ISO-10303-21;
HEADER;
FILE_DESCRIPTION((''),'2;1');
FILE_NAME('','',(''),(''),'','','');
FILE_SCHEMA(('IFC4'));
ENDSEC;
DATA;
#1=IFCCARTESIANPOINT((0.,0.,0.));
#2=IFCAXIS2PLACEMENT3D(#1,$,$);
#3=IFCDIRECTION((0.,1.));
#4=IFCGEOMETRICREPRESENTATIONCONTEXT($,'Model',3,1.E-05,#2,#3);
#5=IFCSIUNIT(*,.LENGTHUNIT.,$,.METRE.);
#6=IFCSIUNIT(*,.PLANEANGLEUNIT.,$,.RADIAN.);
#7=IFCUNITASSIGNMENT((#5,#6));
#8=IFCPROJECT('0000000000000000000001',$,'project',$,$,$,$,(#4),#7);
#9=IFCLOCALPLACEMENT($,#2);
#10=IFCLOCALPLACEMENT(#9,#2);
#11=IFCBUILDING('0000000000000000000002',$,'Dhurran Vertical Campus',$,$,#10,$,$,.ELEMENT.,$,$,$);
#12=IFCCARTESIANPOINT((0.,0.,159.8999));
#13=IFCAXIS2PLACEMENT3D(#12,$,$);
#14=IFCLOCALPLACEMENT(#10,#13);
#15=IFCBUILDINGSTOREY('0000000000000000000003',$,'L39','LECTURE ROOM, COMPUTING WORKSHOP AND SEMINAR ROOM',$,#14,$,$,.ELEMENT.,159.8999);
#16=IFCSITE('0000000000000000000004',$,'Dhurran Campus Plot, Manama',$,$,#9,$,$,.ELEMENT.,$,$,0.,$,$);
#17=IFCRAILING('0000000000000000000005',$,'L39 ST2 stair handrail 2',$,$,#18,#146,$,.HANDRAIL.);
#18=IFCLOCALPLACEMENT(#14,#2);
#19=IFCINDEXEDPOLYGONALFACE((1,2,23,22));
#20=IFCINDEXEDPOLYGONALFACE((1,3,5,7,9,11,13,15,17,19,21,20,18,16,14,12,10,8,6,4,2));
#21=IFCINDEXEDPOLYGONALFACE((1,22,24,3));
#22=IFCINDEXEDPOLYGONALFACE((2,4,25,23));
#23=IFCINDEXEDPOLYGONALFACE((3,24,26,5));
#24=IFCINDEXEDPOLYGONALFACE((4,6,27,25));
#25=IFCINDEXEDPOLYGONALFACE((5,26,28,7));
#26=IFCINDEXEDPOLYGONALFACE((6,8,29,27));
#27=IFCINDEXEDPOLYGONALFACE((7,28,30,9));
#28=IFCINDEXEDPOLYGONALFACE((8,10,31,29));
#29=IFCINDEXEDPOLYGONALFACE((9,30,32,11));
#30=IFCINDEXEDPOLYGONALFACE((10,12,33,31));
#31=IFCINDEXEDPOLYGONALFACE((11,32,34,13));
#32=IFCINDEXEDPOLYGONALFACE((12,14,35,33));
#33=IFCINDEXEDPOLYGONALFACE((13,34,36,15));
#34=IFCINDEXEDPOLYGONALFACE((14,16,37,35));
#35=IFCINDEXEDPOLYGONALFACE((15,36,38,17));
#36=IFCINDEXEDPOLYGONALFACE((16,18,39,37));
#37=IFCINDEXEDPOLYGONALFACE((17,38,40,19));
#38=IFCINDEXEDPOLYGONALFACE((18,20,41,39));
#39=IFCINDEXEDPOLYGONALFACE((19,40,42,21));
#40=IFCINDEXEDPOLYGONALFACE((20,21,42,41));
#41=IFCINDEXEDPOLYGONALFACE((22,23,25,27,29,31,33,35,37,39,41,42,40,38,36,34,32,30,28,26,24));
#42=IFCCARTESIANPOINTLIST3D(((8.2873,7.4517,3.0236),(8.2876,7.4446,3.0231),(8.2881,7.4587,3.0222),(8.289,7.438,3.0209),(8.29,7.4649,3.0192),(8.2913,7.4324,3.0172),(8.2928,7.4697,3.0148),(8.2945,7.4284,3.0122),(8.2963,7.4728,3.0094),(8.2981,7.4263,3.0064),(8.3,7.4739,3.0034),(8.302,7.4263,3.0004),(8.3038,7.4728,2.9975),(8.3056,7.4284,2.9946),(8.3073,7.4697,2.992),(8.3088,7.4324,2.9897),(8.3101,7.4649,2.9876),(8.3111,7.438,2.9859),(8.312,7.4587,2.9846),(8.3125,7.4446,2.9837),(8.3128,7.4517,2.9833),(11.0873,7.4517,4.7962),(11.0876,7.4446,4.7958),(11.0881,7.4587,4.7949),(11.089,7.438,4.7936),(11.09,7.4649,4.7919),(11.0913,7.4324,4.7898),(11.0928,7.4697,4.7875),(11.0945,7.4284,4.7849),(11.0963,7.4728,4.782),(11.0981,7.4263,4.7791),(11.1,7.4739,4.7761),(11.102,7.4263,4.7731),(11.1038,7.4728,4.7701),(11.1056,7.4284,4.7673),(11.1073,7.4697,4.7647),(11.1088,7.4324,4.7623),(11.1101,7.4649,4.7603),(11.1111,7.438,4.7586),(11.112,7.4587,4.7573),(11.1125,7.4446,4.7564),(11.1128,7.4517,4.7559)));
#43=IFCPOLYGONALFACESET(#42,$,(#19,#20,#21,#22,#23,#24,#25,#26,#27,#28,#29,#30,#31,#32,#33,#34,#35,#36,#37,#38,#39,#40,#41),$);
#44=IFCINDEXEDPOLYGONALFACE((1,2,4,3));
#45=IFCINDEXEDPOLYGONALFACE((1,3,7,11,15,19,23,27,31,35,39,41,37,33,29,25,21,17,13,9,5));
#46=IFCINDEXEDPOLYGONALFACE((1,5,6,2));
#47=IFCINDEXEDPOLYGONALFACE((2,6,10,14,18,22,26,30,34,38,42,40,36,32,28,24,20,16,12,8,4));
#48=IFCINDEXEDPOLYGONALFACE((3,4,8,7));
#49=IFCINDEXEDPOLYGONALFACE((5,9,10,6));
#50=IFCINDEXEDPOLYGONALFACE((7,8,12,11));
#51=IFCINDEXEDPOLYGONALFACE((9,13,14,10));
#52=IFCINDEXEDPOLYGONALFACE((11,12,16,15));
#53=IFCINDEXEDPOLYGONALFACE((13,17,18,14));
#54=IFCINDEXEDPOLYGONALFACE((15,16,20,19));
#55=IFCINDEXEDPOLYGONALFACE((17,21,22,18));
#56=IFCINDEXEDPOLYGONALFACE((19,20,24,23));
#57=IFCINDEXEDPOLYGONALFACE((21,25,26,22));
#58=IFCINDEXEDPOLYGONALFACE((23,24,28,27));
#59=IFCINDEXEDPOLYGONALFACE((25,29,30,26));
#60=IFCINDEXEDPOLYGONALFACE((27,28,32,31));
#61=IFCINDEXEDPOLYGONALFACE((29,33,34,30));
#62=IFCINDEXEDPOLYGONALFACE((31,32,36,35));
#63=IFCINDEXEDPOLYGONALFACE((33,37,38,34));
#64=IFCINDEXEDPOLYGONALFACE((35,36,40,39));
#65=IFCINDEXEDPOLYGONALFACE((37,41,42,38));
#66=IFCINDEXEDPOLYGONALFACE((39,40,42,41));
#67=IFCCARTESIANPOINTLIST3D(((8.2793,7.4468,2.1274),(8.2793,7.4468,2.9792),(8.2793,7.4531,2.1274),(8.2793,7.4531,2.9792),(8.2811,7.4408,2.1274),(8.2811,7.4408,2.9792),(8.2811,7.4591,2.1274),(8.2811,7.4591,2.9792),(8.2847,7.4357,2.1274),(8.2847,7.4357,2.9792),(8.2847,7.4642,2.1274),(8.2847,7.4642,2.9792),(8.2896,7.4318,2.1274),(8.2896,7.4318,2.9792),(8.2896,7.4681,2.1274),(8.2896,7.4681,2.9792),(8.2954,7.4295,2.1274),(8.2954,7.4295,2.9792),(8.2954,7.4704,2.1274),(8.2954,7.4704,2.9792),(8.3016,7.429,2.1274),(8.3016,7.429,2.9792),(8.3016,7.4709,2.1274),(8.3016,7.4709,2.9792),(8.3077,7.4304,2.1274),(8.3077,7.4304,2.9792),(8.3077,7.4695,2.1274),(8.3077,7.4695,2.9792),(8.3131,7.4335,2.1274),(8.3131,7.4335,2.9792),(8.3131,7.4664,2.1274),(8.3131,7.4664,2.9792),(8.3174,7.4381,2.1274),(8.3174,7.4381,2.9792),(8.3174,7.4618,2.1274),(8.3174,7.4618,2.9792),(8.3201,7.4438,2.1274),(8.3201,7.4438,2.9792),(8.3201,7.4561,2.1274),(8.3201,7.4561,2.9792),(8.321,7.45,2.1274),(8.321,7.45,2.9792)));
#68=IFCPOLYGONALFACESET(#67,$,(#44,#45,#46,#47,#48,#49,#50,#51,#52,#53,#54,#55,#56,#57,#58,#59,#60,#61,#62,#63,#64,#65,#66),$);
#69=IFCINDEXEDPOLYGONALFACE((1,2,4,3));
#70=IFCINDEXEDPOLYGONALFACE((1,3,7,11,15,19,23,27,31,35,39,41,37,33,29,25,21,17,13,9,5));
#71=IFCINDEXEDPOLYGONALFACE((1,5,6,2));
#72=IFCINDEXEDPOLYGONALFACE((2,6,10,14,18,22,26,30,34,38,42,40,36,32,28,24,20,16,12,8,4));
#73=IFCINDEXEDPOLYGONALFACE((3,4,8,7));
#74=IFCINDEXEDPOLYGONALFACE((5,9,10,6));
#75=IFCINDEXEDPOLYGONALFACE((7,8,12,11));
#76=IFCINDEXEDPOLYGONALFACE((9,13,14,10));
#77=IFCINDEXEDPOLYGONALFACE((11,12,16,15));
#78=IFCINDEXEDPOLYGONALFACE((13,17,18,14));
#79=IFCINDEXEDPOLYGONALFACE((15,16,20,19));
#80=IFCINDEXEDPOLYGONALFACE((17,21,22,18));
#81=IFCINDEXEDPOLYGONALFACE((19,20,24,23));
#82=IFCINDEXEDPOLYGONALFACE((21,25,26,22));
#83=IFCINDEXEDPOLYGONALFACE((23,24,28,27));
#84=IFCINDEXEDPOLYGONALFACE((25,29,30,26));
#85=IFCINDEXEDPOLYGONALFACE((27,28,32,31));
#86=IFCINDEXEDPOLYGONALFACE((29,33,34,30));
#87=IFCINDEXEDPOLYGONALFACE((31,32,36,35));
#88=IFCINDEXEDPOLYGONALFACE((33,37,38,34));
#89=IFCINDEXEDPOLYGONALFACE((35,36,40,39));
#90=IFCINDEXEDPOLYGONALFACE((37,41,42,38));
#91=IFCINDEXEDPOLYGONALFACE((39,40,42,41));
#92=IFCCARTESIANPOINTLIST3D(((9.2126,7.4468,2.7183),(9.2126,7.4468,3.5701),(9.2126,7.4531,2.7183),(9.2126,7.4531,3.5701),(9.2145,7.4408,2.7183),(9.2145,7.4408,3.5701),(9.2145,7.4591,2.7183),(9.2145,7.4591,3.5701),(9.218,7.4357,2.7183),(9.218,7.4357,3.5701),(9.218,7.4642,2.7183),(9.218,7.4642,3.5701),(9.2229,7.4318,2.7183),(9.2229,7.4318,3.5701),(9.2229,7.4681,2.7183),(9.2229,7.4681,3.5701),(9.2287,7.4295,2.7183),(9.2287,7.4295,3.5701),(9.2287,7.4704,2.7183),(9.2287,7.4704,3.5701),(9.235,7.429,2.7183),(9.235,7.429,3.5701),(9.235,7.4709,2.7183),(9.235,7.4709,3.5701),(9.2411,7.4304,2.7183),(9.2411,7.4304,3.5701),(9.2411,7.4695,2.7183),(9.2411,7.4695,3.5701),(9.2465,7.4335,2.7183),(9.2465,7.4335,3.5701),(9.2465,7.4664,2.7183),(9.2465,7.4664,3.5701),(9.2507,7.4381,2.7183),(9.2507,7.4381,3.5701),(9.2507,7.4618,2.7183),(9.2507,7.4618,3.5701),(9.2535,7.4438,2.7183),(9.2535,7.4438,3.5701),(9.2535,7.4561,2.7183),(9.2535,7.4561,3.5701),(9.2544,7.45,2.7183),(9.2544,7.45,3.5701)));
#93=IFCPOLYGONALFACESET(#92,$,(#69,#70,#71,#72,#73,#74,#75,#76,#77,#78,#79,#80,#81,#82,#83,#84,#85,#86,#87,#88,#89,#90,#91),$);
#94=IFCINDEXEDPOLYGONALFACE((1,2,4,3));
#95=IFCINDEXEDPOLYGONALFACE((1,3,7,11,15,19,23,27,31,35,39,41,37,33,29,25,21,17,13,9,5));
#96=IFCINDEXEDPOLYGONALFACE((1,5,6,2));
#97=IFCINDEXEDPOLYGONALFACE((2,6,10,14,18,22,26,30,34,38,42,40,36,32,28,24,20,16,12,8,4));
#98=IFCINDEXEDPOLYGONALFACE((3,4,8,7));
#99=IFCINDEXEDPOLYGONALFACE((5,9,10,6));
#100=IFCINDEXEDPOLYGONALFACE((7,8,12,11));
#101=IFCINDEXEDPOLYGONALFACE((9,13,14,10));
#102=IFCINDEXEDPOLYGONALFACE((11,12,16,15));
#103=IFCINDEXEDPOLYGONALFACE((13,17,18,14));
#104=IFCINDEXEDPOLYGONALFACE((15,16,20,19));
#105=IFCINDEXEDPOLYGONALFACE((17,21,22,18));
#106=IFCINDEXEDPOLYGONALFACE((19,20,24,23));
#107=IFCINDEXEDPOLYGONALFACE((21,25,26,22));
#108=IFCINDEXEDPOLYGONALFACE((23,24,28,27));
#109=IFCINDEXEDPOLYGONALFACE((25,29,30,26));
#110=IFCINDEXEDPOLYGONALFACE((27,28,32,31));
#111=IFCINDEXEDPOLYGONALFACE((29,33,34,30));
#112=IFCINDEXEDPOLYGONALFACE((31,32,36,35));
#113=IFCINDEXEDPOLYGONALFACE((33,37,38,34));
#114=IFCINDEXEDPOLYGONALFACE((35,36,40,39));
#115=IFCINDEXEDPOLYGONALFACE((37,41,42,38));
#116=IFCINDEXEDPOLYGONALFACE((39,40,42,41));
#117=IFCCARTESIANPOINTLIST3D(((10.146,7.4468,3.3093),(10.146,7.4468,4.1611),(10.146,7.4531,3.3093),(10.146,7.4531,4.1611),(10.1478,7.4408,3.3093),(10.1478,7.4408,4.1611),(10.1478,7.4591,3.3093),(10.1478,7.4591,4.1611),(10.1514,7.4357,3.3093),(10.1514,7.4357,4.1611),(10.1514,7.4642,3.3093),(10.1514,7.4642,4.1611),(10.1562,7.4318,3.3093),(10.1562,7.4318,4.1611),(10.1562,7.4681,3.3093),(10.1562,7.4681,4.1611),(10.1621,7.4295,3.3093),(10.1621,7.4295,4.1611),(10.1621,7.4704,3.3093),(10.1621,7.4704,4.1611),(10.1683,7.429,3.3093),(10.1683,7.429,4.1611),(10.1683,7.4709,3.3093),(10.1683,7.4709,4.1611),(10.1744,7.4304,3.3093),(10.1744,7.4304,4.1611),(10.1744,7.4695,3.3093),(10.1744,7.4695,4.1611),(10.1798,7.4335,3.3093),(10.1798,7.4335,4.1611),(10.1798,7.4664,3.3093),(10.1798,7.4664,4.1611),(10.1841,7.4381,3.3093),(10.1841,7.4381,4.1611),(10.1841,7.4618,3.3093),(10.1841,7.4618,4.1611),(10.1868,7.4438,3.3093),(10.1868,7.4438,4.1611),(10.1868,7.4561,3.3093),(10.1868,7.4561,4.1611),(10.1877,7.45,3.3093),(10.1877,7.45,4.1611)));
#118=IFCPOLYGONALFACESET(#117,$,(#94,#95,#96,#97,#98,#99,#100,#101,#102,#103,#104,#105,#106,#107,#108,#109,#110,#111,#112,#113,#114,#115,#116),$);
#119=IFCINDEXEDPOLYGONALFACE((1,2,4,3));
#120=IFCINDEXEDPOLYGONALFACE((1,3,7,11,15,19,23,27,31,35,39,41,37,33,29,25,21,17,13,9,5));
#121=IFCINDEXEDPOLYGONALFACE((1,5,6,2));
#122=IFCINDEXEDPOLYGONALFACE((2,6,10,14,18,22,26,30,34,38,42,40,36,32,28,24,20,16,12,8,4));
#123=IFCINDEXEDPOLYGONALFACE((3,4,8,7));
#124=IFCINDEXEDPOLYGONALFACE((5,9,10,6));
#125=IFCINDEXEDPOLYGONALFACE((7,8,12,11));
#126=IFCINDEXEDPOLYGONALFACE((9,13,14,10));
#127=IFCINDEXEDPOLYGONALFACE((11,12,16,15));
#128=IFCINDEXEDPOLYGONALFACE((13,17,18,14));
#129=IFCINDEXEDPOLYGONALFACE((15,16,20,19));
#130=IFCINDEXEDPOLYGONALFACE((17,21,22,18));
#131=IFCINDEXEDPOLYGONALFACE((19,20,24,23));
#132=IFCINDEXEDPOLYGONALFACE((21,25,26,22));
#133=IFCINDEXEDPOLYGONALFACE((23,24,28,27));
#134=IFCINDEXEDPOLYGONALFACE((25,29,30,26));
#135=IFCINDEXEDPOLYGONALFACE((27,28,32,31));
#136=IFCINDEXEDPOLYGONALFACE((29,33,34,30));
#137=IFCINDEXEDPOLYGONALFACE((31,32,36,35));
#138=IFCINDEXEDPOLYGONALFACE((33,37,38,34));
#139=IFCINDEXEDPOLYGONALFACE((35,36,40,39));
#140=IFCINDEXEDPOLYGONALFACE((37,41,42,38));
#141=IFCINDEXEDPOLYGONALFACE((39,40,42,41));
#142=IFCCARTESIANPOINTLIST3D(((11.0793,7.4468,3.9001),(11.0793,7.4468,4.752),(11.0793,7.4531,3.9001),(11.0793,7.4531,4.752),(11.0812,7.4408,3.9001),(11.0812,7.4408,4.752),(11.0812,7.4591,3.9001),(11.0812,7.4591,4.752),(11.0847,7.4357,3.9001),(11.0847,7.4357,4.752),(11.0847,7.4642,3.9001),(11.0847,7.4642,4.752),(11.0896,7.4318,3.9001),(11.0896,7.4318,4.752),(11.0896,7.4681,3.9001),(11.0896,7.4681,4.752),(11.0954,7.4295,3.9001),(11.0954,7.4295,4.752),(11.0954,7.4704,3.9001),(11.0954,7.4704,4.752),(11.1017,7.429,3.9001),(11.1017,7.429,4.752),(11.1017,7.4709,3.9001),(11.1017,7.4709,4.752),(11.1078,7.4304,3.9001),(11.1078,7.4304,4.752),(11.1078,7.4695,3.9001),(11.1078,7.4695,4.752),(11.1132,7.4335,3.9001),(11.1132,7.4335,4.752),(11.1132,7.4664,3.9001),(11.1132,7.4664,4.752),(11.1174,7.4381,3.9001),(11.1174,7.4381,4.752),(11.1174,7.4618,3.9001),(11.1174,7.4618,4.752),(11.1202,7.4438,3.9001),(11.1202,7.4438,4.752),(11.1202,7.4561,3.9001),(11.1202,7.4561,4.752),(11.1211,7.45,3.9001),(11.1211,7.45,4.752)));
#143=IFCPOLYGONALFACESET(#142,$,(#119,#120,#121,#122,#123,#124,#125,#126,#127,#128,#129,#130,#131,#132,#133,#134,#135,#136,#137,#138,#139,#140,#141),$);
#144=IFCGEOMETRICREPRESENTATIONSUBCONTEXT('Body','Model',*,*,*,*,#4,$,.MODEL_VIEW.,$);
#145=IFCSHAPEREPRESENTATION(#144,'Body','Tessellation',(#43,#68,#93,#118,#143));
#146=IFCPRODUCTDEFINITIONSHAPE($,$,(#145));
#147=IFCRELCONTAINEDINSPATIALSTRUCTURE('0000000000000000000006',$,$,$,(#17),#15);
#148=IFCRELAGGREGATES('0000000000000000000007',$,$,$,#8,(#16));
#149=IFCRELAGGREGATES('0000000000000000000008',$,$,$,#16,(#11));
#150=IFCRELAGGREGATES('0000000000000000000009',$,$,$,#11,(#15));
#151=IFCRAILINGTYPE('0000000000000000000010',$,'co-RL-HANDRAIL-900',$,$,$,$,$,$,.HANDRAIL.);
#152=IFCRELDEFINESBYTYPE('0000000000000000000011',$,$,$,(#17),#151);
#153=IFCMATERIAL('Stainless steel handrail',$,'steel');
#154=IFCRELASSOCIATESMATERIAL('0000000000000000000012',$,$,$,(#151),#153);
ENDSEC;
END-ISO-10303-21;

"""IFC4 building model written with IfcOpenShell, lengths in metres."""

from ifc_helpers import new_model, si_unit, direction, frame, origin, origin_2d, place, context, subcontext, project, spatial, circle, extrude, material, type_object, element, save


model = new_model("IFC4")

# Units and contexts
model_context = context("Model", 3, precision=1e-05, world=origin(), true_north=direction((0.0, 1.0)))
body_context = subcontext(model_context, "Body", "Model", "MODEL_VIEW")
ifc_project = project(units=[si_unit("LENGTHUNIT", "METRE"), si_unit("PLANEANGLEUNIT", "RADIAN")], contexts=[model_context])

# Site, building, storey
site_placement = place(None, origin())
site = spatial("IfcSite", under=ifc_project, at=site_placement, Name="Dhurran Campus Plot, Manama", CompositionType="ELEMENT", RefElevation=0.0)
building_placement = place(site_placement, origin())
building = spatial("IfcBuilding", under=site, at=building_placement, Name="Dhurran Vertical Campus", CompositionType="ELEMENT")
storey_placement = place(building_placement, frame((0.0, 0.0, 159.8999)))
storey = spatial("IfcBuildingStorey", under=building, at=storey_placement, Name="L39", Description="LECTURE ROOM, COMPUTING WORKSHOP AND SEMINAR ROOM", CompositionType="ELEMENT", Elevation=159.8999)

# Railing
ifc_material_1 = material(Name="Stainless steel handrail", Category="steel")
railing_type_1 = type_object("IfcRailingType", Name="co-RL-HANDRAIL-900", PredefinedType="HANDRAIL", material=ifc_material_1)
railing_1_placement = place(storey_placement, frame((8.3, 7.45, 2.1274)))
element("IfcRailing", 1, at=railing_1_placement, inside=storey, type_object=railing_type_1, Name="L39 ST2 stair handrail 2", PredefinedType="HANDRAIL", context=body_context, shape_type="SweptSolid", body=[
    extrude(circle(Radius=0.0239, at=origin_2d()), frame((0.0, 0.0, 0.876), z_axis=(0.844909, 0.0, 0.53491), x_axis=(0.0, 1.0, 0.0)), (0.0, 0.0, 1.0), 3.314),
    extrude(circle(Radius=0.021, at=origin_2d()), origin(), (0.0, 0.0, 1.0), 0.8518),
    extrude(circle(Radius=0.021, at=origin_2d()), frame((0.9333, 0.0, 0.5908)), (0.0, 0.0, 1.0), 0.8518),
    extrude(circle(Radius=0.021, at=origin_2d()), frame((1.8667, 0.0, 1.1819)), (0.0, 0.0, 1.0), 0.8518),
    extrude(circle(Radius=0.021, at=origin_2d()), frame((2.8, 0.0, 1.7727)), (0.0, 0.0, 1.0), 0.8518),
])

save(model, "model.ifc")
